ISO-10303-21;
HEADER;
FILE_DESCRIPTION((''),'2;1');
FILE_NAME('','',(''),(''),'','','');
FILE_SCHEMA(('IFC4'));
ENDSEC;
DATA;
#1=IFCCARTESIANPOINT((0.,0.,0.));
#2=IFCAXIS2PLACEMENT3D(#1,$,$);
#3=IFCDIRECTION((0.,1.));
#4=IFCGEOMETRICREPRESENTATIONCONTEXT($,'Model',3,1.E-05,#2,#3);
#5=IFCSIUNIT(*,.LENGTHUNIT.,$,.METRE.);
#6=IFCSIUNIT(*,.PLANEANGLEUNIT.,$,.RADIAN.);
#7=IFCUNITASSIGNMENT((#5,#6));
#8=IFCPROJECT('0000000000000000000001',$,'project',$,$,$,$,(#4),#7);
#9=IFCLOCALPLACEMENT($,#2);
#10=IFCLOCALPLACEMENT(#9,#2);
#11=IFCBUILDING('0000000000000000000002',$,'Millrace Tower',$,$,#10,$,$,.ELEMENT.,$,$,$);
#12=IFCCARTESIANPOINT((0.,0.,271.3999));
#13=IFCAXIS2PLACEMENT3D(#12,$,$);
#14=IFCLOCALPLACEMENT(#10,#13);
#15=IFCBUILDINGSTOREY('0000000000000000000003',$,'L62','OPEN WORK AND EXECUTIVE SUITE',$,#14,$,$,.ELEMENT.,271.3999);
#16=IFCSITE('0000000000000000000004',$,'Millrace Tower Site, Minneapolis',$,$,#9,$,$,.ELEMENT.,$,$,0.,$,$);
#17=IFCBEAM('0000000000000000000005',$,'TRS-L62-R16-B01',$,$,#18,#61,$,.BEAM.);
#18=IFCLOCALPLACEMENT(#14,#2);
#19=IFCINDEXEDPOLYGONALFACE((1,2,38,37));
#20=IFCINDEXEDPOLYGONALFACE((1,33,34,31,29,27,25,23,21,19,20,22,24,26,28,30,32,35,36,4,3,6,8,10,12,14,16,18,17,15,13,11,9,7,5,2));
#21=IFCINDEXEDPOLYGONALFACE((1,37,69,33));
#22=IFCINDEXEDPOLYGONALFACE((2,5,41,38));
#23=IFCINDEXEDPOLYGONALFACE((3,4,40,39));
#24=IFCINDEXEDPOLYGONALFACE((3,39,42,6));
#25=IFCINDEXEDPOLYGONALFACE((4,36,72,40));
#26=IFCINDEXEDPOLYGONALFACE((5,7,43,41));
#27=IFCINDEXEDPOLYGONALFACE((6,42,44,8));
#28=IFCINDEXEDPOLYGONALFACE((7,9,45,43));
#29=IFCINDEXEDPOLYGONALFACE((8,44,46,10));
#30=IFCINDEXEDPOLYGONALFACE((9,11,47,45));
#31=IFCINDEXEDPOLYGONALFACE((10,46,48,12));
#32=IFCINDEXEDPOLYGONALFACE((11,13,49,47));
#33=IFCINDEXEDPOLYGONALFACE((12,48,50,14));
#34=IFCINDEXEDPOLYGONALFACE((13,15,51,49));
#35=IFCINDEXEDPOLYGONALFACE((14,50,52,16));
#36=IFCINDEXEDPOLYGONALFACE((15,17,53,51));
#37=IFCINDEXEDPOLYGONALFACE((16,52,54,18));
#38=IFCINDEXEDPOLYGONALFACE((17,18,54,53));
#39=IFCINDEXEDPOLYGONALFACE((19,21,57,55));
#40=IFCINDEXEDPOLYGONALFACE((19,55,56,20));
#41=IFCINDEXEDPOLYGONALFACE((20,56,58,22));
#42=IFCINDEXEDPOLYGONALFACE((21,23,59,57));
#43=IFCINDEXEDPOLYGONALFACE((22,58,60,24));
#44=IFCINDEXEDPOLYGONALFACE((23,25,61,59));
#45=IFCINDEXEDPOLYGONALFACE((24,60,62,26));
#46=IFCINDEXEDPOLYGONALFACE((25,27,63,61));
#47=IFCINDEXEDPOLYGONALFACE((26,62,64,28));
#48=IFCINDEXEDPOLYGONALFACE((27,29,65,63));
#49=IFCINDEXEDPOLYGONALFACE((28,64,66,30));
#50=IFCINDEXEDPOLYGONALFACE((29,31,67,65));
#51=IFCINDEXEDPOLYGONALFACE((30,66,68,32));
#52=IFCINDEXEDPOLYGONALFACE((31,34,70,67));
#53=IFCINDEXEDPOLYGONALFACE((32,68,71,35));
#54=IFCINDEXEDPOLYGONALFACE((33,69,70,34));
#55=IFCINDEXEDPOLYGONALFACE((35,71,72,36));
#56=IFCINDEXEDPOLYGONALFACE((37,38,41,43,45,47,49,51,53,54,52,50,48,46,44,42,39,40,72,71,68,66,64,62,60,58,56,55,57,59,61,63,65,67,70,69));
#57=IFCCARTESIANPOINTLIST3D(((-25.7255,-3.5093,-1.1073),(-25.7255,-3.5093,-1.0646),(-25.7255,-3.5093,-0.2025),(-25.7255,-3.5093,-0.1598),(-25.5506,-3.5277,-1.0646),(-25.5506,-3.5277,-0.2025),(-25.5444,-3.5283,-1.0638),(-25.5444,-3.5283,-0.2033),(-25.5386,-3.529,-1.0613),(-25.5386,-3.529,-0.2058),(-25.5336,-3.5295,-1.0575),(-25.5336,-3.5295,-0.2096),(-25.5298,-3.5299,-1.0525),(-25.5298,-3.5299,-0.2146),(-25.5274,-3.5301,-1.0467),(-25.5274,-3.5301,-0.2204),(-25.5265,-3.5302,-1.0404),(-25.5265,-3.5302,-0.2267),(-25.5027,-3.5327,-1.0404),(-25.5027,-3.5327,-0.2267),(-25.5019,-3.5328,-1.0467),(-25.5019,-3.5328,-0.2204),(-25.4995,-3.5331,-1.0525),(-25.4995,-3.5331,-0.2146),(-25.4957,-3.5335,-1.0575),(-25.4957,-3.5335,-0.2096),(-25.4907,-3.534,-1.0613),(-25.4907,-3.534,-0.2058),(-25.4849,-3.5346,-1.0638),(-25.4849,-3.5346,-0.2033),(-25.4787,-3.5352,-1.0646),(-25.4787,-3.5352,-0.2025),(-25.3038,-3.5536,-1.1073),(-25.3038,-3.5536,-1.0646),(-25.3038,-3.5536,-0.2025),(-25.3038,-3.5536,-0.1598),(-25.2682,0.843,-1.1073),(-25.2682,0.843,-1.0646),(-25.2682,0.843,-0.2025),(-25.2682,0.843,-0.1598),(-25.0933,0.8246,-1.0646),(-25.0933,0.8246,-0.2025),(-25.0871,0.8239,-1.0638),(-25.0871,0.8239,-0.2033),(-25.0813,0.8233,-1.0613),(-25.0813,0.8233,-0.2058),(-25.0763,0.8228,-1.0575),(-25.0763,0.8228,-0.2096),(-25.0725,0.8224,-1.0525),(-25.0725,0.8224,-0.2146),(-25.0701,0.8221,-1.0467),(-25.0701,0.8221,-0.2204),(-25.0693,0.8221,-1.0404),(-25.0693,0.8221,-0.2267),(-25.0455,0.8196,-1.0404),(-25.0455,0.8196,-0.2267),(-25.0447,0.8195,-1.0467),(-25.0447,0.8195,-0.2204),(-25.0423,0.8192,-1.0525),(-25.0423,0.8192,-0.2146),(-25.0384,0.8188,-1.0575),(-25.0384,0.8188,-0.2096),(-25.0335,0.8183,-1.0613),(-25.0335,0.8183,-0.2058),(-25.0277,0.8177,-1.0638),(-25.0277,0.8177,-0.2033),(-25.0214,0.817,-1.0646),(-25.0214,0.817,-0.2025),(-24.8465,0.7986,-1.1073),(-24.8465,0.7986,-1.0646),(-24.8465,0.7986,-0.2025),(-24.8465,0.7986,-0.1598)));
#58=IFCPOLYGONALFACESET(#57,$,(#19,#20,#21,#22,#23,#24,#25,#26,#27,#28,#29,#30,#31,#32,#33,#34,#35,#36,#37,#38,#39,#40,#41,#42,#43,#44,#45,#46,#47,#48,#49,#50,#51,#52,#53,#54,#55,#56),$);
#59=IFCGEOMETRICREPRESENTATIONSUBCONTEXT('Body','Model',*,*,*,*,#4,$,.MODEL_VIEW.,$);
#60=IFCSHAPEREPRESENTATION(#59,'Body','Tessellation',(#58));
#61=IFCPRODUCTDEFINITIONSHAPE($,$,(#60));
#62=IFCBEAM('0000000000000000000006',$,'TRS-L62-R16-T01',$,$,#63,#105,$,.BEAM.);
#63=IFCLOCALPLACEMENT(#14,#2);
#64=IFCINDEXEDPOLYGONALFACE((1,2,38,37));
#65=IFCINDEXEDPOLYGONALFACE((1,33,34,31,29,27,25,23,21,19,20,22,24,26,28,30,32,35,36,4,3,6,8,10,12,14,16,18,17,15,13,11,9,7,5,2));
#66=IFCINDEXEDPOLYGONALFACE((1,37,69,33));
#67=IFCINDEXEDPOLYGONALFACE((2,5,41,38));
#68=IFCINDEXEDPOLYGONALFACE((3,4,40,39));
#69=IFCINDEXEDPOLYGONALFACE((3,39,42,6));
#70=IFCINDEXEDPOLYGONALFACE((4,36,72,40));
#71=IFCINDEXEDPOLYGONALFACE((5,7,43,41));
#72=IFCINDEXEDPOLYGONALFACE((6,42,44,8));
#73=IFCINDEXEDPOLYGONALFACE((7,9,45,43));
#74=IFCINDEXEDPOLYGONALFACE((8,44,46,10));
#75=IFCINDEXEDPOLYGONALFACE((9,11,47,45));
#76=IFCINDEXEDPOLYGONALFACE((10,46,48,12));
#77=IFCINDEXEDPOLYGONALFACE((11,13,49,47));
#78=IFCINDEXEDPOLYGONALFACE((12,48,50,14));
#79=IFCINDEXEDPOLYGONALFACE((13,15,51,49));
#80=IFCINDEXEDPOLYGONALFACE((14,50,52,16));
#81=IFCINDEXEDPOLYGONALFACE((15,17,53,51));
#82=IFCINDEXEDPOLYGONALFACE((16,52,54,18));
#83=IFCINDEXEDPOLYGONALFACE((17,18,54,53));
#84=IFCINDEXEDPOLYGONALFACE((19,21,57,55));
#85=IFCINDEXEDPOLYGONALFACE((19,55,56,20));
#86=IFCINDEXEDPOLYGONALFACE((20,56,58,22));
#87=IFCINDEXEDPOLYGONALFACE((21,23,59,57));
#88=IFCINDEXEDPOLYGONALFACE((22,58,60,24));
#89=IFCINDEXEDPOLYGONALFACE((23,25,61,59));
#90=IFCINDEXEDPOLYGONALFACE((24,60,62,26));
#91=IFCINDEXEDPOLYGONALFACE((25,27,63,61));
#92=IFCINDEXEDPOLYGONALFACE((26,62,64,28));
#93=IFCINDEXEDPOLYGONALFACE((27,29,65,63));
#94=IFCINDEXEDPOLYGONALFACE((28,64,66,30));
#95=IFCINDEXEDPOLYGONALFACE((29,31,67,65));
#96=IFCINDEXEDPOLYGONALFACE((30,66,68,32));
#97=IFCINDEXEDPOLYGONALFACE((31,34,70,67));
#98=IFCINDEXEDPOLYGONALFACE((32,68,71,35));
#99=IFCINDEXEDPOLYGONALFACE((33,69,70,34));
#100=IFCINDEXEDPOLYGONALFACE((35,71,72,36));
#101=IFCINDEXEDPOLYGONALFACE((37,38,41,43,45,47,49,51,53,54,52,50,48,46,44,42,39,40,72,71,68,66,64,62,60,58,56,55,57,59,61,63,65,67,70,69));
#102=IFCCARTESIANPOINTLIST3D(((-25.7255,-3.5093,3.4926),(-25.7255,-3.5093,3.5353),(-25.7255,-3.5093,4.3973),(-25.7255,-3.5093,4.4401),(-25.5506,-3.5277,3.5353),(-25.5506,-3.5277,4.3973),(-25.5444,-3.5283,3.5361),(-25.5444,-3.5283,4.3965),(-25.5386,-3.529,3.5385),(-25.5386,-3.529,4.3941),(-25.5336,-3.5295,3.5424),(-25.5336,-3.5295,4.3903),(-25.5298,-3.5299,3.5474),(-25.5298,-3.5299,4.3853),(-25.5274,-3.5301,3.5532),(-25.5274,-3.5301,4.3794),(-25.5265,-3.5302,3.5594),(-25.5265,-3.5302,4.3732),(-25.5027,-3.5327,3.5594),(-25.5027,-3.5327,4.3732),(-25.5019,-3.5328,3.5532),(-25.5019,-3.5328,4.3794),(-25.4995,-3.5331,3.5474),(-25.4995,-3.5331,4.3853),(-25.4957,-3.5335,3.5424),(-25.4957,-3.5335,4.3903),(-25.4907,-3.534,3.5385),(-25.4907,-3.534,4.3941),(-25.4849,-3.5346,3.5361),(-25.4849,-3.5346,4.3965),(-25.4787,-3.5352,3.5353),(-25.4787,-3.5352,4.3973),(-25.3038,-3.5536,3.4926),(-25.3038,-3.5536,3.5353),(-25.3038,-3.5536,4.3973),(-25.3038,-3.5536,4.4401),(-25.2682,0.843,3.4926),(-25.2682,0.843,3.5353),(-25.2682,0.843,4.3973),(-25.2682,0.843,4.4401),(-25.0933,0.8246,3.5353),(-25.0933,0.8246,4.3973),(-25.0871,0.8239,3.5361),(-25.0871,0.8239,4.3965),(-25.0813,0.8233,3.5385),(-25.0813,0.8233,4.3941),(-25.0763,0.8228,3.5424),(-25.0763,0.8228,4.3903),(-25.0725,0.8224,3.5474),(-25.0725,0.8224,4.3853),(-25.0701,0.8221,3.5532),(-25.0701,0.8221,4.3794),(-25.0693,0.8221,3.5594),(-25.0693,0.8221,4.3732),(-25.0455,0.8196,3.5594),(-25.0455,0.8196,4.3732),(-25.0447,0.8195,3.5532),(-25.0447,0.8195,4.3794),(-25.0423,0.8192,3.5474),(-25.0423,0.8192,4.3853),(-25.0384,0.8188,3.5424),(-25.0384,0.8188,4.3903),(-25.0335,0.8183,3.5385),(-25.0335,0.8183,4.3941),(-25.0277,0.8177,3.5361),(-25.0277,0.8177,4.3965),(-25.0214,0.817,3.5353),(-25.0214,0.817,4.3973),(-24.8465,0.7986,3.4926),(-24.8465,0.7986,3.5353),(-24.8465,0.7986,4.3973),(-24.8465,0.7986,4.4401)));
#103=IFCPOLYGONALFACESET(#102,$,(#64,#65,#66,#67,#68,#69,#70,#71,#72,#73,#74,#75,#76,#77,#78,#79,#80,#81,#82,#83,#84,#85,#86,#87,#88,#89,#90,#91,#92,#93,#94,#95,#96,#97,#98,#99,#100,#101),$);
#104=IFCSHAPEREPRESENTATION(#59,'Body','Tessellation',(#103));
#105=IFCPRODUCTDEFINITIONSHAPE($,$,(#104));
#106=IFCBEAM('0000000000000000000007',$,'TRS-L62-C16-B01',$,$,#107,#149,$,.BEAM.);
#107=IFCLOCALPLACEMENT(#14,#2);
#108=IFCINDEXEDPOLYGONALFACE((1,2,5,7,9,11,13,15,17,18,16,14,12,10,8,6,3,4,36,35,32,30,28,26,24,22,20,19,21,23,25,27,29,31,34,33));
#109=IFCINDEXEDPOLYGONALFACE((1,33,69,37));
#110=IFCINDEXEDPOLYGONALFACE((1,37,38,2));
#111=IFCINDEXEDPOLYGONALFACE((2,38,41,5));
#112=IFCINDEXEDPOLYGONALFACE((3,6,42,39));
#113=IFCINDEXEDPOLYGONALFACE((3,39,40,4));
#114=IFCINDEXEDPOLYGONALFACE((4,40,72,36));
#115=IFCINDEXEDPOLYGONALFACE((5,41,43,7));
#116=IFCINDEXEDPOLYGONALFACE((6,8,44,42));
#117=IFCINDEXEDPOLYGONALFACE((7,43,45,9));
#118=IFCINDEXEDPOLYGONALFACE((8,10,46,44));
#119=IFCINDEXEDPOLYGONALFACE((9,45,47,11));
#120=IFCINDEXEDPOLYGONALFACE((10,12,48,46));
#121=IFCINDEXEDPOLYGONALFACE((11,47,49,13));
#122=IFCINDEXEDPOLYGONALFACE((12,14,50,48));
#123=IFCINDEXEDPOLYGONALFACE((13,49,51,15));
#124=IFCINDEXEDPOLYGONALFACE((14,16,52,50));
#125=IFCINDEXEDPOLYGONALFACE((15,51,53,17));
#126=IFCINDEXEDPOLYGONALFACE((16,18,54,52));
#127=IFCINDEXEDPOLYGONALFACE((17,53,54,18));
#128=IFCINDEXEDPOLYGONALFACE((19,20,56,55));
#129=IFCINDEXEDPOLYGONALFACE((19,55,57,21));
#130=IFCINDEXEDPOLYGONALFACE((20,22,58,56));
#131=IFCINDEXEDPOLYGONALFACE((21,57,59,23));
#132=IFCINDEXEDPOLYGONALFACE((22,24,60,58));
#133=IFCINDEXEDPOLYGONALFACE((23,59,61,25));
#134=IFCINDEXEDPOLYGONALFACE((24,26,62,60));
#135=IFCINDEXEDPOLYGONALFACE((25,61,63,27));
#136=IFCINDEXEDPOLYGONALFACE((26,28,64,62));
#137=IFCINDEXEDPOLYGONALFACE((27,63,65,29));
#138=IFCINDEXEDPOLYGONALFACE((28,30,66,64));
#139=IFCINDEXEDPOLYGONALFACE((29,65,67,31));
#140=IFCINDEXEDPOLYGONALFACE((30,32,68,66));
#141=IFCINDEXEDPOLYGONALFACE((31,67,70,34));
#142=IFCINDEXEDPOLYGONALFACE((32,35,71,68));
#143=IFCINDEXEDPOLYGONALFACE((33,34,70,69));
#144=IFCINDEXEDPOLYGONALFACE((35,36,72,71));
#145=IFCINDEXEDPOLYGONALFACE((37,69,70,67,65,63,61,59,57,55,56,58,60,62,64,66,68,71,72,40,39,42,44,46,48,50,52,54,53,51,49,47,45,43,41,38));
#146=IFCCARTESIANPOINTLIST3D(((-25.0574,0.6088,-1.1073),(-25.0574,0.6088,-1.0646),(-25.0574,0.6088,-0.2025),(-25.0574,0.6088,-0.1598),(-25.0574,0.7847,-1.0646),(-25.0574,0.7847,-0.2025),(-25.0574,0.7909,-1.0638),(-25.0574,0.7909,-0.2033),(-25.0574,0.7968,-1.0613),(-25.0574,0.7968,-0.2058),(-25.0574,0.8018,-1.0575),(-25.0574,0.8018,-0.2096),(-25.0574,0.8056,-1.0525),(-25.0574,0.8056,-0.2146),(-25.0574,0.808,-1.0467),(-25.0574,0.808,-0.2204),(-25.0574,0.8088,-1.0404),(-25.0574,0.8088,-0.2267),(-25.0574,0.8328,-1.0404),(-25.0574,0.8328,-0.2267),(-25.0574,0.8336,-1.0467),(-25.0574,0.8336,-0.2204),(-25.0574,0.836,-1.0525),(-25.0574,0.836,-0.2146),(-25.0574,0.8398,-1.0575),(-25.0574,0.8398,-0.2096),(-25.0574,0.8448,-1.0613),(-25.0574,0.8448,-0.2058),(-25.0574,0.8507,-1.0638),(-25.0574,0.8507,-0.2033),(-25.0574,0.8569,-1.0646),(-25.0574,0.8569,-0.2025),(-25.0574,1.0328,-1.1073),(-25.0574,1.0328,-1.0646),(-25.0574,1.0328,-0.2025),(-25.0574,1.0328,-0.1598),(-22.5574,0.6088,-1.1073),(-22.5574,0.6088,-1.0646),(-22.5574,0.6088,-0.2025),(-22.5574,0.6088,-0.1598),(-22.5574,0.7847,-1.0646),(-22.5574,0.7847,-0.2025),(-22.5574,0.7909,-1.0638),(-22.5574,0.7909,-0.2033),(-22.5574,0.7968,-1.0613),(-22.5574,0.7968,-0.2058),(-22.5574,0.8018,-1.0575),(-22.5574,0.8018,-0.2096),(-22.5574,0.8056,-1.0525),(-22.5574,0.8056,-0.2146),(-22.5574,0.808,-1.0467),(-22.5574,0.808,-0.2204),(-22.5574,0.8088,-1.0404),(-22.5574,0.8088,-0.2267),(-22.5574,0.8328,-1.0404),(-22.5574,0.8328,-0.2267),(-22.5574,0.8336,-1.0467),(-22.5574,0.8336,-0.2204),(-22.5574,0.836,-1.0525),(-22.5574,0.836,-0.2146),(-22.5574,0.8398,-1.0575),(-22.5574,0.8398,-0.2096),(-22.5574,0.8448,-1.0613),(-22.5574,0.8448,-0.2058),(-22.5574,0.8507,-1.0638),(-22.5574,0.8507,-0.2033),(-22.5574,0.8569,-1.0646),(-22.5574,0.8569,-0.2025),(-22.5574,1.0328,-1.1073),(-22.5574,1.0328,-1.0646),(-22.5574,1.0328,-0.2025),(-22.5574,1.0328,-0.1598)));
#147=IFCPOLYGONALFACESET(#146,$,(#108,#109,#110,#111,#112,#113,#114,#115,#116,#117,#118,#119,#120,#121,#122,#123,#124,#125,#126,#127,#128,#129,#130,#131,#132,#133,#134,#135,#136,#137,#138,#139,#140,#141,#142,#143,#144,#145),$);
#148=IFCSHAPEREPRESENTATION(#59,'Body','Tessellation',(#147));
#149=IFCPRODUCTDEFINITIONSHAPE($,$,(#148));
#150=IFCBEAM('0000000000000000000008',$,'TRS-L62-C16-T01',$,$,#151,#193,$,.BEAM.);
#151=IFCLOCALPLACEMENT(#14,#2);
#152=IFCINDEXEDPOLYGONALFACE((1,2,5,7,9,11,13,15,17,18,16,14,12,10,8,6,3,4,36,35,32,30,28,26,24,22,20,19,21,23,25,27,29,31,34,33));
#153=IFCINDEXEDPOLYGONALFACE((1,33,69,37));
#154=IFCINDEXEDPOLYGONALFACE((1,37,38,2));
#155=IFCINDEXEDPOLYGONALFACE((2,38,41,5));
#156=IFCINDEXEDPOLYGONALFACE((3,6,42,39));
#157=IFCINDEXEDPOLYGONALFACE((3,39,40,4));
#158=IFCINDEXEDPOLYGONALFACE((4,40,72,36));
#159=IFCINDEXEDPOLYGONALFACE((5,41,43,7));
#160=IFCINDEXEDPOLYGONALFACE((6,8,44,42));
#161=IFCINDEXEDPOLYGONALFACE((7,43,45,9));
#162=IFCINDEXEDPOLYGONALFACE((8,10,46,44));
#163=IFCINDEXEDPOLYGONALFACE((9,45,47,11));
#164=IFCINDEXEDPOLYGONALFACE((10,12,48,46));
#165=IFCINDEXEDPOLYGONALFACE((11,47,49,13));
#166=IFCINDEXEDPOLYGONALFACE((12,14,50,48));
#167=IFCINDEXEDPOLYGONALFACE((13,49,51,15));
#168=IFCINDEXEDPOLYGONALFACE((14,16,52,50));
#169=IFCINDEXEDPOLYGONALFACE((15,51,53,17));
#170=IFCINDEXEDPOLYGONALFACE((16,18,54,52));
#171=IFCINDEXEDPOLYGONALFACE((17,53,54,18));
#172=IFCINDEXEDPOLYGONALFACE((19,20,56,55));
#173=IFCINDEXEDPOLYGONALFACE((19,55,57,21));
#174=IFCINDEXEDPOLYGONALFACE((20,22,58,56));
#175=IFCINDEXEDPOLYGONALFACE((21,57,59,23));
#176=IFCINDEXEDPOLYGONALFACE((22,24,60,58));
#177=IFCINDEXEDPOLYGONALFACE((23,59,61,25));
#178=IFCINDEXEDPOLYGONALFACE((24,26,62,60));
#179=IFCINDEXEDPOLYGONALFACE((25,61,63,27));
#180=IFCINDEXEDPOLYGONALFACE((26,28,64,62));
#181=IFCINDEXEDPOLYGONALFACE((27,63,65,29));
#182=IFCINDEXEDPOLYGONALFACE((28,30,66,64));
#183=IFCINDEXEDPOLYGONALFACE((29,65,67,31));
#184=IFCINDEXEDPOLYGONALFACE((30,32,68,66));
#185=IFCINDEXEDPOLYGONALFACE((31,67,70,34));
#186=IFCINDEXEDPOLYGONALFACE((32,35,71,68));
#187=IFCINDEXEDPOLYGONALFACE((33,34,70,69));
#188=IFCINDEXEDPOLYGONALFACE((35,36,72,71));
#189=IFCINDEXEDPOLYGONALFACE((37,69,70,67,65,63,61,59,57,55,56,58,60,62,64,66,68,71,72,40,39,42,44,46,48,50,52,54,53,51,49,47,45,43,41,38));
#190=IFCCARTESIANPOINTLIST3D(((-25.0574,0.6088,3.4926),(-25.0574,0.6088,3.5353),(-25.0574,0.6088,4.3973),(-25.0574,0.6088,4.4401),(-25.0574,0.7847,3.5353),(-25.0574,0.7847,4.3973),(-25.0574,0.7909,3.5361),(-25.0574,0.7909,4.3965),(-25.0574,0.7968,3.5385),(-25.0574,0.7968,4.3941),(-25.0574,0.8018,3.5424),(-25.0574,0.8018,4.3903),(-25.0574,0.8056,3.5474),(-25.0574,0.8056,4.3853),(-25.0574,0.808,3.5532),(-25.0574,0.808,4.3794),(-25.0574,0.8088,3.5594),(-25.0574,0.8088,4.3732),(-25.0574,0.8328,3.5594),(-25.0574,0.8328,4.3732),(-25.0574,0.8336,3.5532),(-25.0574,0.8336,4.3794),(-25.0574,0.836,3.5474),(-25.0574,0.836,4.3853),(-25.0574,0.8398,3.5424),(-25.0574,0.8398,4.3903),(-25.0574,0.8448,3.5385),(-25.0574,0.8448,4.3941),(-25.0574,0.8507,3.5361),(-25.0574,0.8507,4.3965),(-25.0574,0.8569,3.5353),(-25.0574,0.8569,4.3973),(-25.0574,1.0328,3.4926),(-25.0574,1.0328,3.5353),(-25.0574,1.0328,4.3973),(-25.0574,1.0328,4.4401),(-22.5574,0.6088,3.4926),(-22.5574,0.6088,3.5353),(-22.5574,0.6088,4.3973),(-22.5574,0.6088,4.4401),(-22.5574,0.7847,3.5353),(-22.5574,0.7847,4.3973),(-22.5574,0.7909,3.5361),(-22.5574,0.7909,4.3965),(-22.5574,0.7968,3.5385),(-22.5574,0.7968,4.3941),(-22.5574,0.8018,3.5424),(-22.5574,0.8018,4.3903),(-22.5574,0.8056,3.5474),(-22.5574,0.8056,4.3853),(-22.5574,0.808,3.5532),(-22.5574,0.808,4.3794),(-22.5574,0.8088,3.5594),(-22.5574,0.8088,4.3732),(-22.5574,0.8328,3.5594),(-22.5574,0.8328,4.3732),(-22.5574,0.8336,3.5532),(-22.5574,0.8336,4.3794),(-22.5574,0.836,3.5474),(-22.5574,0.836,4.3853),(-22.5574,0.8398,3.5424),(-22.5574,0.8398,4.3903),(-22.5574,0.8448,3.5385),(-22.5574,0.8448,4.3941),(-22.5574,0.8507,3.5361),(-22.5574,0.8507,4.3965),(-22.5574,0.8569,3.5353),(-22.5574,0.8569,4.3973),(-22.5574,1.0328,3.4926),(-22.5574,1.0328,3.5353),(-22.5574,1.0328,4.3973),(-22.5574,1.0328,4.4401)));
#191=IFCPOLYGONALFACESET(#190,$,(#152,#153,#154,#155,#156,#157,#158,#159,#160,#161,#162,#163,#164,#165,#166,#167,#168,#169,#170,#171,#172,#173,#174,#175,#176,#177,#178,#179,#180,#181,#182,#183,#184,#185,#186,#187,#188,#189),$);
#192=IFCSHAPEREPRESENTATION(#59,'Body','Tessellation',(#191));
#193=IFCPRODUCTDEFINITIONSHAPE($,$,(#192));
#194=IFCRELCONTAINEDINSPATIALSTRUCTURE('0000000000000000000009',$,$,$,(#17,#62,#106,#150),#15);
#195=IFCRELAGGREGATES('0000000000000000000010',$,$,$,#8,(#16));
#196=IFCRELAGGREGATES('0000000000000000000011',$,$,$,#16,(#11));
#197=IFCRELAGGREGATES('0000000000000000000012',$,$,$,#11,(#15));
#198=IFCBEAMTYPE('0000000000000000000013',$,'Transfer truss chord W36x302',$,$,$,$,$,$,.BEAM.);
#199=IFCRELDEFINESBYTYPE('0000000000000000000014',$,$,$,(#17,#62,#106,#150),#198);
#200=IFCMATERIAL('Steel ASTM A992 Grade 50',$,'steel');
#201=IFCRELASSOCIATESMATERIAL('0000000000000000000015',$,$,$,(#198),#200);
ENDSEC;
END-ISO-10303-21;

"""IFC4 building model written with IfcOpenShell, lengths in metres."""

from ifc_helpers import new_model, si_unit, direction, frame, origin, origin_2d, place, context, subcontext, project, spatial, i_section, extrude, material, material_profile, profile_set, type_object, element, save


model = new_model("IFC4")

# Units and contexts
model_context = context("Model", 3, precision=1e-05, world=origin(), true_north=direction((0.0, 1.0)))
body_context = subcontext(model_context, "Body", "Model", "MODEL_VIEW")
ifc_project = project(units=[si_unit("LENGTHUNIT", "METRE"), si_unit("PLANEANGLEUNIT", "RADIAN")], contexts=[model_context])

# Site, building, storey
site_placement = place(None, origin())
site = spatial("IfcSite", under=ifc_project, at=site_placement, Name="Millrace Tower Site, Minneapolis", CompositionType="ELEMENT", RefElevation=0.0)
building_placement = place(site_placement, origin())
building = spatial("IfcBuilding", under=site, at=building_placement, Name="Millrace Tower", CompositionType="ELEMENT")
storey_placement = place(building_placement, frame((0.0, 0.0, 271.3999)))
storey = spatial("IfcBuildingStorey", under=building, at=storey_placement, Name="L62", Description="OPEN WORK AND EXECUTIVE SUITE", CompositionType="ELEMENT", Elevation=271.3999)

# Beams
ifc_material_1 = material(Name="Steel ASTM A992 Grade 50", Category="steel")
ifc_material_profile_1 = material_profile(ifc_material_1, i_section(OverallWidth=0.4241, OverallDepth=0.9475, WebThickness=0.0239, FlangeThickness=0.0427, FilletRadius=0.0242, at=origin_2d()))
ifc_profile_set_1 = profile_set([ifc_material_profile_1], Name="Steel ASTM A992 Grade 50")
beam_type_1 = type_object("IfcBeamType", Name="Transfer truss chord W36x302", PredefinedType="BEAM", material=ifc_profile_set_1)
for number, where, z_axis, x_axis, name in (
    (1, (-25.0574, 0.8208, -0.6335), (-0.10449, -0.994526, 0.0), (0.994526, -0.10449, 0.0), "TRS-L62-R16-B01"),
    (2, (-25.0574, 0.8208, 3.9663), (-0.10449, -0.994526, 0.0), (0.994526, -0.10449, 0.0), "TRS-L62-R16-T01"),
):
    element("IfcBeam", number, at=place(storey_placement, frame(where, z_axis=z_axis, x_axis=x_axis)), inside=storey, type_object=beam_type_1, Name=name, PredefinedType="BEAM", context=body_context, shape_type="SweptSolid", body=[
        extrude(i_section(OverallWidth=0.4241, OverallDepth=0.9475, WebThickness=0.0239, FlangeThickness=0.0427, FilletRadius=0.0242, at=origin_2d()), origin(), (0.0, 0.0, 1.0), 4.3762),
    ])
for number, where, z_axis, x_axis, name in (
    (3, (-25.0574, 0.8208, -0.6335), (1.0, 0.0, 0.0), (0.0, 1.0, 0.0), "TRS-L62-C16-B01"),
    (4, (-25.0574, 0.8208, 3.9663), (1.0, 0.0, 0.0), (0.0, 1.0, 0.0), "TRS-L62-C16-T01"),
):
    element("IfcBeam", number, at=place(storey_placement, frame(where, z_axis=z_axis, x_axis=x_axis)), inside=storey, type_object=beam_type_1, Name=name, PredefinedType="BEAM", context=body_context, shape_type="SweptSolid", body=[
        extrude(i_section(OverallWidth=0.4241, OverallDepth=0.9475, WebThickness=0.0239, FlangeThickness=0.0427, FilletRadius=0.0242, at=origin_2d()), origin(), (0.0, 0.0, 1.0), 2.5),
    ])

save(model, "model.ifc")
